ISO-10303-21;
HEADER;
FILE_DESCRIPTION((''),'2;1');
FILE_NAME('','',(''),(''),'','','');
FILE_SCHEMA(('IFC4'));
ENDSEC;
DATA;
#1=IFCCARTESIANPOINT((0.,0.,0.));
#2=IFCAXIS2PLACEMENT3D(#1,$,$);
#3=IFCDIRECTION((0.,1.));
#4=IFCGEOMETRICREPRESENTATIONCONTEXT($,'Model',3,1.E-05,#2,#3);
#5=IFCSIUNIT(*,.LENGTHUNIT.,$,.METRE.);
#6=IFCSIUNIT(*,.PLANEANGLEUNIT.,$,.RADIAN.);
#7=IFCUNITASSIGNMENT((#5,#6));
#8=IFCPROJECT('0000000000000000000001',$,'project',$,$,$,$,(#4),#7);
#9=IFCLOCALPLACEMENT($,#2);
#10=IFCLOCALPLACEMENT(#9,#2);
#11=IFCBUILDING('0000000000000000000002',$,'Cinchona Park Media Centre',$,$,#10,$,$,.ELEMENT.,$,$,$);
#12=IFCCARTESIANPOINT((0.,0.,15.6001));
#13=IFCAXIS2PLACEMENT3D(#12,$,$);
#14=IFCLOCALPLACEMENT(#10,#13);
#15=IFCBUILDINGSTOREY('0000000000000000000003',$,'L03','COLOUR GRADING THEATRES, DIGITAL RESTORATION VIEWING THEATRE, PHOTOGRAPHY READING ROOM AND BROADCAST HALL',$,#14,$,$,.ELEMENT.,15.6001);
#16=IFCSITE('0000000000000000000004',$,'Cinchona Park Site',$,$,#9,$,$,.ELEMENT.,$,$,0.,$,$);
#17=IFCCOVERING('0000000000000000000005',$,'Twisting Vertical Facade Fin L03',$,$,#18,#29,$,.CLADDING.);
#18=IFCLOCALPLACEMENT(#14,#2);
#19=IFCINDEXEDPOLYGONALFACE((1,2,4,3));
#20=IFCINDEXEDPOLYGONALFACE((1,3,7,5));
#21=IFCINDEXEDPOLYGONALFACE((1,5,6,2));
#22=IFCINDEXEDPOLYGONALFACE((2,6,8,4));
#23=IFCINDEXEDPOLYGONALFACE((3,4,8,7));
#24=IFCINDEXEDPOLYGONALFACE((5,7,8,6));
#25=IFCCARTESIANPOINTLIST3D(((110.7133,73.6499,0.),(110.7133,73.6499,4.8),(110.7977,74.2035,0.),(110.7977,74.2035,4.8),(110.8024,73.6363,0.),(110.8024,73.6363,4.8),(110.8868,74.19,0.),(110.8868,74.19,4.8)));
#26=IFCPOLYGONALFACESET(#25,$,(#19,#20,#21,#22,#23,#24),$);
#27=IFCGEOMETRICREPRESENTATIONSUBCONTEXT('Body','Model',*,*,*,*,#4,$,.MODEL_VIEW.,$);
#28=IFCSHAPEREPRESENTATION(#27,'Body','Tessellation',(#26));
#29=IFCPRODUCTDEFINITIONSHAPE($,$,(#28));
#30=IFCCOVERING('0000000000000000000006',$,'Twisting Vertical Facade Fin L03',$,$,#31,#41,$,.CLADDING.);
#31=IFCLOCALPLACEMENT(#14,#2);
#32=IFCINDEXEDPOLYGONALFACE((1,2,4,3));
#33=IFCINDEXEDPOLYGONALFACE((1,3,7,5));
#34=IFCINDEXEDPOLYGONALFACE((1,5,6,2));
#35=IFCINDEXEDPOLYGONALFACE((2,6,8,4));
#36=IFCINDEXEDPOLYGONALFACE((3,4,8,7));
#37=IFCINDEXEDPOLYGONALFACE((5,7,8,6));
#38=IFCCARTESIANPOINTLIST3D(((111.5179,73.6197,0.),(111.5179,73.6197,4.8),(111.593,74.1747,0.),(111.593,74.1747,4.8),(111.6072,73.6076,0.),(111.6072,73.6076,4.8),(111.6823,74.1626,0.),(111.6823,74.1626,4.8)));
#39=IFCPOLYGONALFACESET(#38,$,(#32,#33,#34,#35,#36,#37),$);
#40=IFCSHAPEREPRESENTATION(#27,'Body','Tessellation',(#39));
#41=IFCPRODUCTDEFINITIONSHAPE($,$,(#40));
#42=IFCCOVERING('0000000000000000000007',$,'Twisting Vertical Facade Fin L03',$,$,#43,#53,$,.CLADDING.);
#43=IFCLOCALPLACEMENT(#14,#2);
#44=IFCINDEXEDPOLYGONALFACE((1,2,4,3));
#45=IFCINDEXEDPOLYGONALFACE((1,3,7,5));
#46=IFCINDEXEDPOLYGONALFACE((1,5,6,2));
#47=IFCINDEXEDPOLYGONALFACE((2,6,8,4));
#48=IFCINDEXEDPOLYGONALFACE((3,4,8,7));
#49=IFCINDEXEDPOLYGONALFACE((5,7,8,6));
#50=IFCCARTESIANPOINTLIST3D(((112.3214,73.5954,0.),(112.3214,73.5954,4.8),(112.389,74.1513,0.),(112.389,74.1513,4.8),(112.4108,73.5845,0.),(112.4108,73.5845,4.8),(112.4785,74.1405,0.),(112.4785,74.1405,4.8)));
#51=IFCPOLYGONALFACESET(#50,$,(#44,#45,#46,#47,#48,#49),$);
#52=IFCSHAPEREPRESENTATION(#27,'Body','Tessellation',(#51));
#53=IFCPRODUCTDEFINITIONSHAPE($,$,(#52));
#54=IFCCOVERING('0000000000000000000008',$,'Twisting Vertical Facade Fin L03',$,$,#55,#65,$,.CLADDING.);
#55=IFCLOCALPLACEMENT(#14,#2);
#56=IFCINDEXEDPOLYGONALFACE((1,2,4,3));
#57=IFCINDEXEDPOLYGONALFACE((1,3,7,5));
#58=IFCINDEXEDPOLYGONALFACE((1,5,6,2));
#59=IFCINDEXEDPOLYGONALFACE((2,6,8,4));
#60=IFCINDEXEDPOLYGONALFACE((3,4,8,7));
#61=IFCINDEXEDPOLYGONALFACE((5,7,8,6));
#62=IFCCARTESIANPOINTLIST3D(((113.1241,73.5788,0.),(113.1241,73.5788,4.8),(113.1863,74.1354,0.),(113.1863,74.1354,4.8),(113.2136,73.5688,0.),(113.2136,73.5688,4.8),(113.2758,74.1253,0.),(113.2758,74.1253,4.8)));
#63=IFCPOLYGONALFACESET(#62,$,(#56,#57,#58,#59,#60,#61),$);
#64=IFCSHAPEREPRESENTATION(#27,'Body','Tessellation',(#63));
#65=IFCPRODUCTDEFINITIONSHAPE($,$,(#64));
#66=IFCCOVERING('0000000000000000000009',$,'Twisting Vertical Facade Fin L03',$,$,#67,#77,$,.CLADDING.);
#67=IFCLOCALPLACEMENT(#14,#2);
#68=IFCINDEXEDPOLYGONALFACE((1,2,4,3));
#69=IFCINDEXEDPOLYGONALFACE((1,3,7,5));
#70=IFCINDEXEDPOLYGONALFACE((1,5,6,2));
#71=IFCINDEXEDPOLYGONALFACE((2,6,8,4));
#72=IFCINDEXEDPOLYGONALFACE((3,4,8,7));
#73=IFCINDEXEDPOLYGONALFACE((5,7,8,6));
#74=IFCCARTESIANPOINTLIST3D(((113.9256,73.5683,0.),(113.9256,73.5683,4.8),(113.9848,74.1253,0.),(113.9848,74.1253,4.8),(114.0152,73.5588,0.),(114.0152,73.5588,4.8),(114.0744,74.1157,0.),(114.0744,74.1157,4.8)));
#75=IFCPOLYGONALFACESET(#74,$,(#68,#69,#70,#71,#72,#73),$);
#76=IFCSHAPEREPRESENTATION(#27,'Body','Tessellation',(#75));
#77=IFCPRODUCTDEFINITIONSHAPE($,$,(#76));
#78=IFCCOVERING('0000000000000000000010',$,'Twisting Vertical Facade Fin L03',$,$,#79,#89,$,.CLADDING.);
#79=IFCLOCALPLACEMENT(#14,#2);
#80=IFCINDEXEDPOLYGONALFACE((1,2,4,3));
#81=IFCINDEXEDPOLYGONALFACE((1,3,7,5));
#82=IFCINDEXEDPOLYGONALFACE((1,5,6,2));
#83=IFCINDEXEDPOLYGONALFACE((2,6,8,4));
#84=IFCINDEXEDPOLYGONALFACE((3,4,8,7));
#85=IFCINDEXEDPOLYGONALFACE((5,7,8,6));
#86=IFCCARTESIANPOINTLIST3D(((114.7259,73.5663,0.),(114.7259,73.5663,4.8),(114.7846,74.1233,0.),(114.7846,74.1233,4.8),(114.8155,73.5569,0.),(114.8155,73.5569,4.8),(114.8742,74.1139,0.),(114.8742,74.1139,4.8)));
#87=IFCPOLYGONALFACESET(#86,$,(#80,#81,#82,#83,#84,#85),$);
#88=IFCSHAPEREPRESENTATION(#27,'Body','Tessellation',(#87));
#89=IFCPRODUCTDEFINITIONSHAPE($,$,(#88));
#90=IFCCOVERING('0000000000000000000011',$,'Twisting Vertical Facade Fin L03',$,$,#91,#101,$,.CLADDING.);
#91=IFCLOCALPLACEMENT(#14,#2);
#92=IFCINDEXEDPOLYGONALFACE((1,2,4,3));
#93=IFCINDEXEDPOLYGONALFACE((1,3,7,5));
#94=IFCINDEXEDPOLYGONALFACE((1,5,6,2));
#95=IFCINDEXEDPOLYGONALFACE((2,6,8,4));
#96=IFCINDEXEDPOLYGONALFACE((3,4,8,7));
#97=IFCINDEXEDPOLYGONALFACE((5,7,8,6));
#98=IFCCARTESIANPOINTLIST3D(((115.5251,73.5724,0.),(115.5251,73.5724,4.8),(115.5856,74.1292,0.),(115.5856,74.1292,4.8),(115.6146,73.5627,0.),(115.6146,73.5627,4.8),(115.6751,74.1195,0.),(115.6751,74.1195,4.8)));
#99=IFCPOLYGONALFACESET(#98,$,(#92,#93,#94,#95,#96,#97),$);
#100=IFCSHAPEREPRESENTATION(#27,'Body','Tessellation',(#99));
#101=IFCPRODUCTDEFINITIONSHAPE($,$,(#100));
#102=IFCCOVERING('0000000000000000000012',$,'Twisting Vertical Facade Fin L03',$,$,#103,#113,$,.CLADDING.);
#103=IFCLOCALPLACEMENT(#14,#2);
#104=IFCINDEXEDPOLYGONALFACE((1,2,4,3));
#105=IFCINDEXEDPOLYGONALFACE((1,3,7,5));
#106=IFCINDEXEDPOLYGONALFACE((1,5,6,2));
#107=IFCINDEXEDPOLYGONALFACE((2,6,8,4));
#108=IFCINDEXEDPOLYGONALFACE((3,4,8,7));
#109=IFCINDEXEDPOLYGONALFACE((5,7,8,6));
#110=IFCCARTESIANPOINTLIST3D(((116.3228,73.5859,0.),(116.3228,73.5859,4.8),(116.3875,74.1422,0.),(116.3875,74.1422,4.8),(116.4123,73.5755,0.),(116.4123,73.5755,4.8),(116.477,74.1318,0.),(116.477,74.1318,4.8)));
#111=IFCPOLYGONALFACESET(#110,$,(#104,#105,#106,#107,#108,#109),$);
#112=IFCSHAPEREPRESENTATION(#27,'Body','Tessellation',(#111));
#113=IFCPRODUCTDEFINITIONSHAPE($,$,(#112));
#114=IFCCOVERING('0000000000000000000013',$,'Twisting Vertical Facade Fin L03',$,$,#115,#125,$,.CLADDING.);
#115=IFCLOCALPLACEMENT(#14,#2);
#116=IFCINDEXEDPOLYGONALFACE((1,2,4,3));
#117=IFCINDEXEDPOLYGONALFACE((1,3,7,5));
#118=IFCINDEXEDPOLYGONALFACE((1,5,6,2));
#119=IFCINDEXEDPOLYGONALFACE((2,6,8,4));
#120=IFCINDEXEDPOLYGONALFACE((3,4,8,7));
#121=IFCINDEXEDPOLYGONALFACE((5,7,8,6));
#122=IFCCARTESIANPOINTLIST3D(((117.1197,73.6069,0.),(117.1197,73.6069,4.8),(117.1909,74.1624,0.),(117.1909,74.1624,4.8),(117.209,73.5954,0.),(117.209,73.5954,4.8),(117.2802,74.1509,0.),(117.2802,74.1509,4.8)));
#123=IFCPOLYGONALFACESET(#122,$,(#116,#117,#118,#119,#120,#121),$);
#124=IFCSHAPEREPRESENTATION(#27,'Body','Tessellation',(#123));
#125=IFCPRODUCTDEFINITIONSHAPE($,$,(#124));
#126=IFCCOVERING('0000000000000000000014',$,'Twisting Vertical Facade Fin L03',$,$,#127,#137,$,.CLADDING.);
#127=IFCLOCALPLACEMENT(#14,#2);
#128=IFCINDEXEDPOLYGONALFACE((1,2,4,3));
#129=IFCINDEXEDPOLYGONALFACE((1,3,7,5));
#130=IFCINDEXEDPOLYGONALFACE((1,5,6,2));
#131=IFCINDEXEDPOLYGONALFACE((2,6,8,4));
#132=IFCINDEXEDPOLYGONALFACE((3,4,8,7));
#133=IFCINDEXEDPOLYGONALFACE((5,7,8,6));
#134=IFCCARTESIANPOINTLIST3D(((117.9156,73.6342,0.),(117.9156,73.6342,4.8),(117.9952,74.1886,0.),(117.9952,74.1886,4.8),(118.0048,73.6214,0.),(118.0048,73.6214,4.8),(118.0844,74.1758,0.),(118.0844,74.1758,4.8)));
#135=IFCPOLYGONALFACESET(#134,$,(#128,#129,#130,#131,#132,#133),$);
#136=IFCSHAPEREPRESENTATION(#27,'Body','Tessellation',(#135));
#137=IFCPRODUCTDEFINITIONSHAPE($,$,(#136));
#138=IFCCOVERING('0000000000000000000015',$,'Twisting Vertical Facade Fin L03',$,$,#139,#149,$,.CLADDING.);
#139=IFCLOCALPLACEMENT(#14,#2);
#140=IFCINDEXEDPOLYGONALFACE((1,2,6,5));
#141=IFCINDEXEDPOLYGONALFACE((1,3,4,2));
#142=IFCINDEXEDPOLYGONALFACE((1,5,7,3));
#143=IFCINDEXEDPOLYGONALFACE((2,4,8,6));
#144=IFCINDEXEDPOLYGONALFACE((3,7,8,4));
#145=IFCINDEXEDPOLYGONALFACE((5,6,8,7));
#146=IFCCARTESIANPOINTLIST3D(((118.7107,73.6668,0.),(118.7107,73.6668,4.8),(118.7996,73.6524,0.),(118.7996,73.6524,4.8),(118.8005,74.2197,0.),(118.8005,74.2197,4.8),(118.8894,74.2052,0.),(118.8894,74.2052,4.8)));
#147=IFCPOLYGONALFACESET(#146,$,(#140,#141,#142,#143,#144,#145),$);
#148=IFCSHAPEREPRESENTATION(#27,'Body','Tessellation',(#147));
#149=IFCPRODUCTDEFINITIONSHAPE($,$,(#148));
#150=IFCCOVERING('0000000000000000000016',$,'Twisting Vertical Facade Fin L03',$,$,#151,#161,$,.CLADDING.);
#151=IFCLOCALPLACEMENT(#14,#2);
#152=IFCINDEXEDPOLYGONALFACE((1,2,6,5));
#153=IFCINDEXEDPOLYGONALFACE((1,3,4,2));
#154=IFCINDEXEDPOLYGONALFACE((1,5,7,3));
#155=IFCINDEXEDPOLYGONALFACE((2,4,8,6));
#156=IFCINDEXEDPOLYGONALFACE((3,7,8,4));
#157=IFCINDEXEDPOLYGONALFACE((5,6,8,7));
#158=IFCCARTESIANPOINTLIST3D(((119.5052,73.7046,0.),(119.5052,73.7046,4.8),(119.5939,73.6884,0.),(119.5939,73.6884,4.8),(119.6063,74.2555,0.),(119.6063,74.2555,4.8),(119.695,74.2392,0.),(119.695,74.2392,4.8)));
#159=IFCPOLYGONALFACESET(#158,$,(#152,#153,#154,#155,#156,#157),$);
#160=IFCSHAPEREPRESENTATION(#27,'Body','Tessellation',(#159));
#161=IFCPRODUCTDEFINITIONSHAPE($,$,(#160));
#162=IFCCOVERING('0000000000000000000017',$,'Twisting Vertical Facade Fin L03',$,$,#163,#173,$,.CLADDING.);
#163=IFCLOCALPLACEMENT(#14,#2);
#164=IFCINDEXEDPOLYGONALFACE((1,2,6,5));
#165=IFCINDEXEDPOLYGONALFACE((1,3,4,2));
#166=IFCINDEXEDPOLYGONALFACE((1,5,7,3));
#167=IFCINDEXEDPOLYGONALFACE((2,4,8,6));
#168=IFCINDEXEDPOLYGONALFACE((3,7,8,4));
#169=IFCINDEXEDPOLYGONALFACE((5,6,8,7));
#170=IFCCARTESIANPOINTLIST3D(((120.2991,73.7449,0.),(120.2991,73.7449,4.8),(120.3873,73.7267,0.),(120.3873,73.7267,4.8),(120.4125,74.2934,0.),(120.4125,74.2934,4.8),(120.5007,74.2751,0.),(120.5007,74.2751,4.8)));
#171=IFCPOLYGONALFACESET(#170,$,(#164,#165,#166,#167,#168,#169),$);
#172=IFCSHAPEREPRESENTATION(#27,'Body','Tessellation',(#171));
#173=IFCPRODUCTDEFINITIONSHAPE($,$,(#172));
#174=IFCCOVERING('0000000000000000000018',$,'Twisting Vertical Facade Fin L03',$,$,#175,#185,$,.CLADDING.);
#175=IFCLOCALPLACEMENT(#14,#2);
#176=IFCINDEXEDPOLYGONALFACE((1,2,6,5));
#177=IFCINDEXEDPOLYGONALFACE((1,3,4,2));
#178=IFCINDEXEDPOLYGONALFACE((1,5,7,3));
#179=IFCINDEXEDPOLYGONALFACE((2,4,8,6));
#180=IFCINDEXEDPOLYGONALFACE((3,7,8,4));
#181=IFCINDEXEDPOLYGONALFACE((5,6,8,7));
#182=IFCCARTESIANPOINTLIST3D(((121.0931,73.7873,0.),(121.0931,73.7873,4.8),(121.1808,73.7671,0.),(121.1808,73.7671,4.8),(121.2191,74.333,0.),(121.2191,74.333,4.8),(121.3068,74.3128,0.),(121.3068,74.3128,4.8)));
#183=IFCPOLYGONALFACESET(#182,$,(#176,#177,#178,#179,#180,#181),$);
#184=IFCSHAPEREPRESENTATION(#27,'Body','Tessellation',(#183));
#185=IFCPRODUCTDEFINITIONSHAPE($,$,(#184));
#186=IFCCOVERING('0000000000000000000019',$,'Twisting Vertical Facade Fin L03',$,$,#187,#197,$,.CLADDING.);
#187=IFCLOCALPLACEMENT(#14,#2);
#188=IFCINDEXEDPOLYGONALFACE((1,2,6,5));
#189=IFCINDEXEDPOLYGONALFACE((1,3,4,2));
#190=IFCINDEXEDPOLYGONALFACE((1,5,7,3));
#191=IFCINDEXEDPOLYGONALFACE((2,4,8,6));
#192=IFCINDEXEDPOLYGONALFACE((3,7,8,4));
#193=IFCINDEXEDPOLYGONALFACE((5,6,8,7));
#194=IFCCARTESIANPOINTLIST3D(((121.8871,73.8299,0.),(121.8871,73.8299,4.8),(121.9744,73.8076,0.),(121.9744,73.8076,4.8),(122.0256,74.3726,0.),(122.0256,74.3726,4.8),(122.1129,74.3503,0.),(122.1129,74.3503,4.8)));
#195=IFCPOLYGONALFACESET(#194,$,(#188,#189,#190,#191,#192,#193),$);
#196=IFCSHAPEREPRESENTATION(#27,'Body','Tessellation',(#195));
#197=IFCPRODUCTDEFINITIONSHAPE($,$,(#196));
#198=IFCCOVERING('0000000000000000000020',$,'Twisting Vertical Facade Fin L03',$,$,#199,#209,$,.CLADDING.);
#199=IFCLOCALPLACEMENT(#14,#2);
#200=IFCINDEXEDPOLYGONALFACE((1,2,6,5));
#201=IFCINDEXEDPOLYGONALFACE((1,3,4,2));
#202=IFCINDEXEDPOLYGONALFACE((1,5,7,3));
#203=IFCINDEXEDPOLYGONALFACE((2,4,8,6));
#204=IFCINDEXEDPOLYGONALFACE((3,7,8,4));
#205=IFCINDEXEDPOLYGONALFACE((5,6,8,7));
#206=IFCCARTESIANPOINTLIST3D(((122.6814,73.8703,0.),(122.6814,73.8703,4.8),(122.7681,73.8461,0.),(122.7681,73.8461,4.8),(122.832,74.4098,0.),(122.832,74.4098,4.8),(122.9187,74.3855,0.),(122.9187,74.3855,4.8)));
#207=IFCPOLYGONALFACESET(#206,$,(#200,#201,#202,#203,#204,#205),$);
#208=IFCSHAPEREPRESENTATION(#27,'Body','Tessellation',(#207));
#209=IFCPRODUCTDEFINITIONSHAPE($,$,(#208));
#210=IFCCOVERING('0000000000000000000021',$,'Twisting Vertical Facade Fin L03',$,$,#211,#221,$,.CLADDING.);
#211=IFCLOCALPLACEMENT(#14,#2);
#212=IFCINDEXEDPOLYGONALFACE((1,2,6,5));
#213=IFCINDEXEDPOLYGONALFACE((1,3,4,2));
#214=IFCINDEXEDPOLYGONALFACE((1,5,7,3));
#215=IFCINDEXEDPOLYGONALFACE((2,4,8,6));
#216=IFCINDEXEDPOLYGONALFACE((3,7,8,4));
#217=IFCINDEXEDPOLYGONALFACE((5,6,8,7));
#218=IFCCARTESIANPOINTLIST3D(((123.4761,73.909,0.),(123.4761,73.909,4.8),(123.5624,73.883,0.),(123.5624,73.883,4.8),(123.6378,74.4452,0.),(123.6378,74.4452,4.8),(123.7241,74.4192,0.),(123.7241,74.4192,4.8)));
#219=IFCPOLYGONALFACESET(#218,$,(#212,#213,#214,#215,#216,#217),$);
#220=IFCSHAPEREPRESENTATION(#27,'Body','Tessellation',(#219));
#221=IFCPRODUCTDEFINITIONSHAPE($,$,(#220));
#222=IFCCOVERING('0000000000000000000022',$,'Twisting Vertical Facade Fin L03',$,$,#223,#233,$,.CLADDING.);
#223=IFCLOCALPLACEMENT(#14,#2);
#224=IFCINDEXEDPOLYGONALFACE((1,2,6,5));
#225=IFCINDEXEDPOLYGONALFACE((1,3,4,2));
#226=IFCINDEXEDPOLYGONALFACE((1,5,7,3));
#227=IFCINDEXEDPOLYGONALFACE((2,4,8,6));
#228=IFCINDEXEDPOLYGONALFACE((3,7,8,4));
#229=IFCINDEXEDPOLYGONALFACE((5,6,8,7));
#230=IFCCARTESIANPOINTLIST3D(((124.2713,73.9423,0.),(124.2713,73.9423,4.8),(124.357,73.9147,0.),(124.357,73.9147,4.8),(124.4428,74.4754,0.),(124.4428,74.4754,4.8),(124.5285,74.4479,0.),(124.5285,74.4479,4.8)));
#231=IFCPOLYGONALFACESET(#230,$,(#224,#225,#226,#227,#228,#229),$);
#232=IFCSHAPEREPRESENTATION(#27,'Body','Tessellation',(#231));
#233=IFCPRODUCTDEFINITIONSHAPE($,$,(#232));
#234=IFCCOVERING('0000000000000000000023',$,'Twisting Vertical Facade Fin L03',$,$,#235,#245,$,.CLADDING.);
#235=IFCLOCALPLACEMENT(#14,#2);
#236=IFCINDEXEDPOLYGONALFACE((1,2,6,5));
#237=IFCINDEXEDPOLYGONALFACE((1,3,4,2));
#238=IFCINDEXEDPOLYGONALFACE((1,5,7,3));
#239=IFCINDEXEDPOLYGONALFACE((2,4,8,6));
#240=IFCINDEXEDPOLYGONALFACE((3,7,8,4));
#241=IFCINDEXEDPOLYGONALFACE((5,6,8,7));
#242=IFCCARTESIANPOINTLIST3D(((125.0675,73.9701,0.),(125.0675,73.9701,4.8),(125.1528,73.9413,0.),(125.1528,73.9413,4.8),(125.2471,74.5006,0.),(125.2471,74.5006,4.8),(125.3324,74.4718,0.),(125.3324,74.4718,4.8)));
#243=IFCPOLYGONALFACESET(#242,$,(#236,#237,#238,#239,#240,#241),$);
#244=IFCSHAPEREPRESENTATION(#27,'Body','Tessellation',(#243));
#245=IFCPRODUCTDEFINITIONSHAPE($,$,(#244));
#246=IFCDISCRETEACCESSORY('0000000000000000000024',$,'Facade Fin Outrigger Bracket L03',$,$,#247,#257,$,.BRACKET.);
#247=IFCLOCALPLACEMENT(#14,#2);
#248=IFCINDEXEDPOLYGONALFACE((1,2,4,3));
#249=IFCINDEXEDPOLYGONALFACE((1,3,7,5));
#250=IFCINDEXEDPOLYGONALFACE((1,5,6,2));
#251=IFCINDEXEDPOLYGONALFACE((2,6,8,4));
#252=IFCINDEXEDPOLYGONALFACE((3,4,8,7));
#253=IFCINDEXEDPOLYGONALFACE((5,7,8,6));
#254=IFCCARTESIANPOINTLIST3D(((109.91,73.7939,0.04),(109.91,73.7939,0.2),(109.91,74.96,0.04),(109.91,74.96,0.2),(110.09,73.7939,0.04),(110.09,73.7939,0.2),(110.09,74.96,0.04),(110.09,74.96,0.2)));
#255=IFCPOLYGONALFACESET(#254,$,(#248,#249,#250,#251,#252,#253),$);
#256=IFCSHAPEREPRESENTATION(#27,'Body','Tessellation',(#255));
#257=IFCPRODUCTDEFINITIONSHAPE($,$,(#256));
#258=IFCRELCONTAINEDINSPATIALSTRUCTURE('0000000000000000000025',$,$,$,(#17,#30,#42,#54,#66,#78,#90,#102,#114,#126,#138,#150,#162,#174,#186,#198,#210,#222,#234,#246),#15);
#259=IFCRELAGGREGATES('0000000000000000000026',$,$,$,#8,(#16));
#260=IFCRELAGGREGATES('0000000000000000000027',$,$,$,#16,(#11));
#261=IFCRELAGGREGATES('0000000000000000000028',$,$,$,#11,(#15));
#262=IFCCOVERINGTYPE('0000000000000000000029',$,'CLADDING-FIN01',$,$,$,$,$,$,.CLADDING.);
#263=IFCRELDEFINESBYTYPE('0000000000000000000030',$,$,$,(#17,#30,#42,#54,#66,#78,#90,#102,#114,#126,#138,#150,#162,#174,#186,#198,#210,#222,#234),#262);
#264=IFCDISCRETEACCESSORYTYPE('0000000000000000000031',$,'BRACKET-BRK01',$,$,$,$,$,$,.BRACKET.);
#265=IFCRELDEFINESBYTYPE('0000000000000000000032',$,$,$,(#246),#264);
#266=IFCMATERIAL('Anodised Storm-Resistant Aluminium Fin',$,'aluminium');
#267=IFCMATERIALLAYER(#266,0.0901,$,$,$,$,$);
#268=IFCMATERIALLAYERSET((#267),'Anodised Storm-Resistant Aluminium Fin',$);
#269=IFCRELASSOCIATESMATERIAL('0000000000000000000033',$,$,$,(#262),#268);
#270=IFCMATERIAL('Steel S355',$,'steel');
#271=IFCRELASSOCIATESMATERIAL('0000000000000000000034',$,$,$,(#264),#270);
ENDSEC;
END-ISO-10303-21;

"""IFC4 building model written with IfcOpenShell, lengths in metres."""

from ifc_helpers import new_model, si_unit, direction, frame, origin, origin_2d, place, context, subcontext, project, spatial, rectangle, extrude, material, layer, layer_set, type_object, element, save


model = new_model("IFC4")

# Units and contexts
model_context = context("Model", 3, precision=1e-05, world=origin(), true_north=direction((0.0, 1.0)))
body_context = subcontext(model_context, "Body", "Model", "MODEL_VIEW")
ifc_project = project(units=[si_unit("LENGTHUNIT", "METRE"), si_unit("PLANEANGLEUNIT", "RADIAN")], contexts=[model_context])

# Site, building, storey
site_placement = place(None, origin())
site = spatial("IfcSite", under=ifc_project, at=site_placement, Name="Cinchona Park Site", CompositionType="ELEMENT", RefElevation=0.0)
building_placement = place(site_placement, origin())
building = spatial("IfcBuilding", under=site, at=building_placement, Name="Cinchona Park Media Centre", CompositionType="ELEMENT")
storey_placement = place(building_placement, frame((0.0, 0.0, 15.6001)))
storey = spatial("IfcBuildingStorey", under=building, at=storey_placement, Name="L03", Description="COLOUR GRADING THEATRES, DIGITAL RESTORATION VIEWING THEATRE, PHOTOGRAPHY READING ROOM AND BROADCAST HALL", CompositionType="ELEMENT", Elevation=15.6001)

# Coverings
ifc_material_1 = material(Name="Anodised Storm-Resistant Aluminium Fin", Category="aluminium")
ifc_layer = layer(ifc_material_1, 0.0901)
ifc_layer_set = layer_set([ifc_layer], Name="Anodised Storm-Resistant Aluminium Fin")
covering_type = type_object("IfcCoveringType", Name="CLADDING-FIN01", PredefinedType="CLADDING", material=ifc_layer_set)
for number, where, z_axis, x_axis, name in (
    (1, (110.8, 73.9199, 0.0), (0.0, 0.0, 1.0), (0.150743, 0.988573, 0.0), "Twisting Vertical Facade Fin L03"),
    (2, (111.6001, 73.8911, 0.0), (0.0, 0.0, 1.0), (0.134159, 0.99096, 0.0), "Twisting Vertical Facade Fin L03"),
    (3, (112.3999, 73.8679, 0.0), (0.0, 0.0, 1.0), (0.12083, 0.992673, 0.0), "Twisting Vertical Facade Fin L03"),
    (4, (113.2, 73.8521, 0.0), (0.0, 0.0, 1.0), (0.111122, 0.993807, 0.0), "Twisting Vertical Facade Fin L03"),
    (5, (114.0, 73.842, 0.0), (0.0, 0.0, 1.0), (0.105743, 0.994393, 0.0), "Twisting Vertical Facade Fin L03"),
    (6, (114.8, 73.8401, 0.0), (0.0, 0.0, 1.0), (0.104702, 0.994504, 0.0), "Twisting Vertical Facade Fin L03"),
    (7, (115.6001, 73.8459, 0.0), (0.0, 0.0, 1.0), (0.107999, 0.994151, 0.0), "Twisting Vertical Facade Fin L03"),
    (8, (116.3999, 73.8589, 0.0), (0.0, 0.0, 1.0), (0.115457, 0.993312, 0.0), "Twisting Vertical Facade Fin L03"),
    (9, (117.2, 73.8789, 0.0), (0.0, 0.0, 1.0), (0.127065, 0.991894, 0.0), "Twisting Vertical Facade Fin L03"),
    (10, (118.0, 73.905, 0.0), (0.0, 0.0, 1.0), (0.142111, 0.989851, 0.0), "Twisting Vertical Facade Fin L03"),
    (11, (118.8, 73.936, 0.0), (0.0, 0.0, 1.0), (0.160226, 0.98708, 0.0), "Twisting Vertical Facade Fin L03"),
    (12, (119.6001, 73.9719, 0.0), (0.0, 0.0, 1.0), (0.180519, 0.983571, 0.0), "Twisting Vertical Facade Fin L03"),
    (13, (120.3999, 74.01, 0.0), (0.0, 0.0, 1.0), (0.202445, 0.979294, 0.0), "Twisting Vertical Facade Fin L03"),
    (14, (121.2, 74.05, 0.0), (0.0, 0.0, 1.0), (0.224951, 0.97437, 0.0), "Twisting Vertical Facade Fin L03"),
    (15, (122.0, 74.0901, 0.0), (0.0, 0.0, 1.0), (0.247337, 0.968929, 0.0), "Twisting Vertical Facade Fin L03"),
    (16, (122.8, 74.1279, 0.0), (0.0, 0.0, 1.0), (0.26892, 0.963163, 0.0), "Twisting Vertical Facade Fin L03"),
    (17, (123.6001, 74.1641, 0.0), (0.0, 0.0, 1.0), (0.288698, 0.95742, 0.0), "Twisting Vertical Facade Fin L03"),
    (18, (124.3999, 74.1951, 0.0), (0.0, 0.0, 1.0), (0.306194, 0.951969, 0.0), "Twisting Vertical Facade Fin L03"),
    (19, (125.2, 74.2209, 0.0), (0.0, 0.0, 1.0), (0.320613, 0.94721, 0.0), "Twisting Vertical Facade Fin L03"),
):
    element("IfcCovering", number, at=place(storey_placement, frame(where, z_axis=z_axis, x_axis=x_axis)), inside=storey, type_object=covering_type, Name=name, PredefinedType="CLADDING", context=body_context, shape_type="SweptSolid", body=[
        extrude(rectangle(XDim=0.5601, YDim=0.0901, at=origin_2d()), origin(), (0.0, 0.0, 1.0), 4.8),
    ])

# Discrete accessory
ifc_material_2 = material(Name="Steel S355", Category="steel")
discrete_accessory_type = type_object("IfcDiscreteAccessoryType", Name="BRACKET-BRK01", PredefinedType="BRACKET", material=ifc_material_2)
discrete_accessory_1_placement = place(storey_placement, frame((110.0, 74.377, 0.04), z_axis=(0.0, 0.0, 1.0), x_axis=(1.0, 0.0, 0.0)))
element("IfcDiscreteAccessory", 20, at=discrete_accessory_1_placement, inside=storey, type_object=discrete_accessory_type, Name="Facade Fin Outrigger Bracket L03", PredefinedType="BRACKET", context=body_context, shape_type="SweptSolid", body=[
    extrude(rectangle(XDim=0.1799, YDim=1.166, at=origin_2d()), origin(), (0.0, 0.0, 1.0), 0.1599),
])

save(model, "model.ifc")
